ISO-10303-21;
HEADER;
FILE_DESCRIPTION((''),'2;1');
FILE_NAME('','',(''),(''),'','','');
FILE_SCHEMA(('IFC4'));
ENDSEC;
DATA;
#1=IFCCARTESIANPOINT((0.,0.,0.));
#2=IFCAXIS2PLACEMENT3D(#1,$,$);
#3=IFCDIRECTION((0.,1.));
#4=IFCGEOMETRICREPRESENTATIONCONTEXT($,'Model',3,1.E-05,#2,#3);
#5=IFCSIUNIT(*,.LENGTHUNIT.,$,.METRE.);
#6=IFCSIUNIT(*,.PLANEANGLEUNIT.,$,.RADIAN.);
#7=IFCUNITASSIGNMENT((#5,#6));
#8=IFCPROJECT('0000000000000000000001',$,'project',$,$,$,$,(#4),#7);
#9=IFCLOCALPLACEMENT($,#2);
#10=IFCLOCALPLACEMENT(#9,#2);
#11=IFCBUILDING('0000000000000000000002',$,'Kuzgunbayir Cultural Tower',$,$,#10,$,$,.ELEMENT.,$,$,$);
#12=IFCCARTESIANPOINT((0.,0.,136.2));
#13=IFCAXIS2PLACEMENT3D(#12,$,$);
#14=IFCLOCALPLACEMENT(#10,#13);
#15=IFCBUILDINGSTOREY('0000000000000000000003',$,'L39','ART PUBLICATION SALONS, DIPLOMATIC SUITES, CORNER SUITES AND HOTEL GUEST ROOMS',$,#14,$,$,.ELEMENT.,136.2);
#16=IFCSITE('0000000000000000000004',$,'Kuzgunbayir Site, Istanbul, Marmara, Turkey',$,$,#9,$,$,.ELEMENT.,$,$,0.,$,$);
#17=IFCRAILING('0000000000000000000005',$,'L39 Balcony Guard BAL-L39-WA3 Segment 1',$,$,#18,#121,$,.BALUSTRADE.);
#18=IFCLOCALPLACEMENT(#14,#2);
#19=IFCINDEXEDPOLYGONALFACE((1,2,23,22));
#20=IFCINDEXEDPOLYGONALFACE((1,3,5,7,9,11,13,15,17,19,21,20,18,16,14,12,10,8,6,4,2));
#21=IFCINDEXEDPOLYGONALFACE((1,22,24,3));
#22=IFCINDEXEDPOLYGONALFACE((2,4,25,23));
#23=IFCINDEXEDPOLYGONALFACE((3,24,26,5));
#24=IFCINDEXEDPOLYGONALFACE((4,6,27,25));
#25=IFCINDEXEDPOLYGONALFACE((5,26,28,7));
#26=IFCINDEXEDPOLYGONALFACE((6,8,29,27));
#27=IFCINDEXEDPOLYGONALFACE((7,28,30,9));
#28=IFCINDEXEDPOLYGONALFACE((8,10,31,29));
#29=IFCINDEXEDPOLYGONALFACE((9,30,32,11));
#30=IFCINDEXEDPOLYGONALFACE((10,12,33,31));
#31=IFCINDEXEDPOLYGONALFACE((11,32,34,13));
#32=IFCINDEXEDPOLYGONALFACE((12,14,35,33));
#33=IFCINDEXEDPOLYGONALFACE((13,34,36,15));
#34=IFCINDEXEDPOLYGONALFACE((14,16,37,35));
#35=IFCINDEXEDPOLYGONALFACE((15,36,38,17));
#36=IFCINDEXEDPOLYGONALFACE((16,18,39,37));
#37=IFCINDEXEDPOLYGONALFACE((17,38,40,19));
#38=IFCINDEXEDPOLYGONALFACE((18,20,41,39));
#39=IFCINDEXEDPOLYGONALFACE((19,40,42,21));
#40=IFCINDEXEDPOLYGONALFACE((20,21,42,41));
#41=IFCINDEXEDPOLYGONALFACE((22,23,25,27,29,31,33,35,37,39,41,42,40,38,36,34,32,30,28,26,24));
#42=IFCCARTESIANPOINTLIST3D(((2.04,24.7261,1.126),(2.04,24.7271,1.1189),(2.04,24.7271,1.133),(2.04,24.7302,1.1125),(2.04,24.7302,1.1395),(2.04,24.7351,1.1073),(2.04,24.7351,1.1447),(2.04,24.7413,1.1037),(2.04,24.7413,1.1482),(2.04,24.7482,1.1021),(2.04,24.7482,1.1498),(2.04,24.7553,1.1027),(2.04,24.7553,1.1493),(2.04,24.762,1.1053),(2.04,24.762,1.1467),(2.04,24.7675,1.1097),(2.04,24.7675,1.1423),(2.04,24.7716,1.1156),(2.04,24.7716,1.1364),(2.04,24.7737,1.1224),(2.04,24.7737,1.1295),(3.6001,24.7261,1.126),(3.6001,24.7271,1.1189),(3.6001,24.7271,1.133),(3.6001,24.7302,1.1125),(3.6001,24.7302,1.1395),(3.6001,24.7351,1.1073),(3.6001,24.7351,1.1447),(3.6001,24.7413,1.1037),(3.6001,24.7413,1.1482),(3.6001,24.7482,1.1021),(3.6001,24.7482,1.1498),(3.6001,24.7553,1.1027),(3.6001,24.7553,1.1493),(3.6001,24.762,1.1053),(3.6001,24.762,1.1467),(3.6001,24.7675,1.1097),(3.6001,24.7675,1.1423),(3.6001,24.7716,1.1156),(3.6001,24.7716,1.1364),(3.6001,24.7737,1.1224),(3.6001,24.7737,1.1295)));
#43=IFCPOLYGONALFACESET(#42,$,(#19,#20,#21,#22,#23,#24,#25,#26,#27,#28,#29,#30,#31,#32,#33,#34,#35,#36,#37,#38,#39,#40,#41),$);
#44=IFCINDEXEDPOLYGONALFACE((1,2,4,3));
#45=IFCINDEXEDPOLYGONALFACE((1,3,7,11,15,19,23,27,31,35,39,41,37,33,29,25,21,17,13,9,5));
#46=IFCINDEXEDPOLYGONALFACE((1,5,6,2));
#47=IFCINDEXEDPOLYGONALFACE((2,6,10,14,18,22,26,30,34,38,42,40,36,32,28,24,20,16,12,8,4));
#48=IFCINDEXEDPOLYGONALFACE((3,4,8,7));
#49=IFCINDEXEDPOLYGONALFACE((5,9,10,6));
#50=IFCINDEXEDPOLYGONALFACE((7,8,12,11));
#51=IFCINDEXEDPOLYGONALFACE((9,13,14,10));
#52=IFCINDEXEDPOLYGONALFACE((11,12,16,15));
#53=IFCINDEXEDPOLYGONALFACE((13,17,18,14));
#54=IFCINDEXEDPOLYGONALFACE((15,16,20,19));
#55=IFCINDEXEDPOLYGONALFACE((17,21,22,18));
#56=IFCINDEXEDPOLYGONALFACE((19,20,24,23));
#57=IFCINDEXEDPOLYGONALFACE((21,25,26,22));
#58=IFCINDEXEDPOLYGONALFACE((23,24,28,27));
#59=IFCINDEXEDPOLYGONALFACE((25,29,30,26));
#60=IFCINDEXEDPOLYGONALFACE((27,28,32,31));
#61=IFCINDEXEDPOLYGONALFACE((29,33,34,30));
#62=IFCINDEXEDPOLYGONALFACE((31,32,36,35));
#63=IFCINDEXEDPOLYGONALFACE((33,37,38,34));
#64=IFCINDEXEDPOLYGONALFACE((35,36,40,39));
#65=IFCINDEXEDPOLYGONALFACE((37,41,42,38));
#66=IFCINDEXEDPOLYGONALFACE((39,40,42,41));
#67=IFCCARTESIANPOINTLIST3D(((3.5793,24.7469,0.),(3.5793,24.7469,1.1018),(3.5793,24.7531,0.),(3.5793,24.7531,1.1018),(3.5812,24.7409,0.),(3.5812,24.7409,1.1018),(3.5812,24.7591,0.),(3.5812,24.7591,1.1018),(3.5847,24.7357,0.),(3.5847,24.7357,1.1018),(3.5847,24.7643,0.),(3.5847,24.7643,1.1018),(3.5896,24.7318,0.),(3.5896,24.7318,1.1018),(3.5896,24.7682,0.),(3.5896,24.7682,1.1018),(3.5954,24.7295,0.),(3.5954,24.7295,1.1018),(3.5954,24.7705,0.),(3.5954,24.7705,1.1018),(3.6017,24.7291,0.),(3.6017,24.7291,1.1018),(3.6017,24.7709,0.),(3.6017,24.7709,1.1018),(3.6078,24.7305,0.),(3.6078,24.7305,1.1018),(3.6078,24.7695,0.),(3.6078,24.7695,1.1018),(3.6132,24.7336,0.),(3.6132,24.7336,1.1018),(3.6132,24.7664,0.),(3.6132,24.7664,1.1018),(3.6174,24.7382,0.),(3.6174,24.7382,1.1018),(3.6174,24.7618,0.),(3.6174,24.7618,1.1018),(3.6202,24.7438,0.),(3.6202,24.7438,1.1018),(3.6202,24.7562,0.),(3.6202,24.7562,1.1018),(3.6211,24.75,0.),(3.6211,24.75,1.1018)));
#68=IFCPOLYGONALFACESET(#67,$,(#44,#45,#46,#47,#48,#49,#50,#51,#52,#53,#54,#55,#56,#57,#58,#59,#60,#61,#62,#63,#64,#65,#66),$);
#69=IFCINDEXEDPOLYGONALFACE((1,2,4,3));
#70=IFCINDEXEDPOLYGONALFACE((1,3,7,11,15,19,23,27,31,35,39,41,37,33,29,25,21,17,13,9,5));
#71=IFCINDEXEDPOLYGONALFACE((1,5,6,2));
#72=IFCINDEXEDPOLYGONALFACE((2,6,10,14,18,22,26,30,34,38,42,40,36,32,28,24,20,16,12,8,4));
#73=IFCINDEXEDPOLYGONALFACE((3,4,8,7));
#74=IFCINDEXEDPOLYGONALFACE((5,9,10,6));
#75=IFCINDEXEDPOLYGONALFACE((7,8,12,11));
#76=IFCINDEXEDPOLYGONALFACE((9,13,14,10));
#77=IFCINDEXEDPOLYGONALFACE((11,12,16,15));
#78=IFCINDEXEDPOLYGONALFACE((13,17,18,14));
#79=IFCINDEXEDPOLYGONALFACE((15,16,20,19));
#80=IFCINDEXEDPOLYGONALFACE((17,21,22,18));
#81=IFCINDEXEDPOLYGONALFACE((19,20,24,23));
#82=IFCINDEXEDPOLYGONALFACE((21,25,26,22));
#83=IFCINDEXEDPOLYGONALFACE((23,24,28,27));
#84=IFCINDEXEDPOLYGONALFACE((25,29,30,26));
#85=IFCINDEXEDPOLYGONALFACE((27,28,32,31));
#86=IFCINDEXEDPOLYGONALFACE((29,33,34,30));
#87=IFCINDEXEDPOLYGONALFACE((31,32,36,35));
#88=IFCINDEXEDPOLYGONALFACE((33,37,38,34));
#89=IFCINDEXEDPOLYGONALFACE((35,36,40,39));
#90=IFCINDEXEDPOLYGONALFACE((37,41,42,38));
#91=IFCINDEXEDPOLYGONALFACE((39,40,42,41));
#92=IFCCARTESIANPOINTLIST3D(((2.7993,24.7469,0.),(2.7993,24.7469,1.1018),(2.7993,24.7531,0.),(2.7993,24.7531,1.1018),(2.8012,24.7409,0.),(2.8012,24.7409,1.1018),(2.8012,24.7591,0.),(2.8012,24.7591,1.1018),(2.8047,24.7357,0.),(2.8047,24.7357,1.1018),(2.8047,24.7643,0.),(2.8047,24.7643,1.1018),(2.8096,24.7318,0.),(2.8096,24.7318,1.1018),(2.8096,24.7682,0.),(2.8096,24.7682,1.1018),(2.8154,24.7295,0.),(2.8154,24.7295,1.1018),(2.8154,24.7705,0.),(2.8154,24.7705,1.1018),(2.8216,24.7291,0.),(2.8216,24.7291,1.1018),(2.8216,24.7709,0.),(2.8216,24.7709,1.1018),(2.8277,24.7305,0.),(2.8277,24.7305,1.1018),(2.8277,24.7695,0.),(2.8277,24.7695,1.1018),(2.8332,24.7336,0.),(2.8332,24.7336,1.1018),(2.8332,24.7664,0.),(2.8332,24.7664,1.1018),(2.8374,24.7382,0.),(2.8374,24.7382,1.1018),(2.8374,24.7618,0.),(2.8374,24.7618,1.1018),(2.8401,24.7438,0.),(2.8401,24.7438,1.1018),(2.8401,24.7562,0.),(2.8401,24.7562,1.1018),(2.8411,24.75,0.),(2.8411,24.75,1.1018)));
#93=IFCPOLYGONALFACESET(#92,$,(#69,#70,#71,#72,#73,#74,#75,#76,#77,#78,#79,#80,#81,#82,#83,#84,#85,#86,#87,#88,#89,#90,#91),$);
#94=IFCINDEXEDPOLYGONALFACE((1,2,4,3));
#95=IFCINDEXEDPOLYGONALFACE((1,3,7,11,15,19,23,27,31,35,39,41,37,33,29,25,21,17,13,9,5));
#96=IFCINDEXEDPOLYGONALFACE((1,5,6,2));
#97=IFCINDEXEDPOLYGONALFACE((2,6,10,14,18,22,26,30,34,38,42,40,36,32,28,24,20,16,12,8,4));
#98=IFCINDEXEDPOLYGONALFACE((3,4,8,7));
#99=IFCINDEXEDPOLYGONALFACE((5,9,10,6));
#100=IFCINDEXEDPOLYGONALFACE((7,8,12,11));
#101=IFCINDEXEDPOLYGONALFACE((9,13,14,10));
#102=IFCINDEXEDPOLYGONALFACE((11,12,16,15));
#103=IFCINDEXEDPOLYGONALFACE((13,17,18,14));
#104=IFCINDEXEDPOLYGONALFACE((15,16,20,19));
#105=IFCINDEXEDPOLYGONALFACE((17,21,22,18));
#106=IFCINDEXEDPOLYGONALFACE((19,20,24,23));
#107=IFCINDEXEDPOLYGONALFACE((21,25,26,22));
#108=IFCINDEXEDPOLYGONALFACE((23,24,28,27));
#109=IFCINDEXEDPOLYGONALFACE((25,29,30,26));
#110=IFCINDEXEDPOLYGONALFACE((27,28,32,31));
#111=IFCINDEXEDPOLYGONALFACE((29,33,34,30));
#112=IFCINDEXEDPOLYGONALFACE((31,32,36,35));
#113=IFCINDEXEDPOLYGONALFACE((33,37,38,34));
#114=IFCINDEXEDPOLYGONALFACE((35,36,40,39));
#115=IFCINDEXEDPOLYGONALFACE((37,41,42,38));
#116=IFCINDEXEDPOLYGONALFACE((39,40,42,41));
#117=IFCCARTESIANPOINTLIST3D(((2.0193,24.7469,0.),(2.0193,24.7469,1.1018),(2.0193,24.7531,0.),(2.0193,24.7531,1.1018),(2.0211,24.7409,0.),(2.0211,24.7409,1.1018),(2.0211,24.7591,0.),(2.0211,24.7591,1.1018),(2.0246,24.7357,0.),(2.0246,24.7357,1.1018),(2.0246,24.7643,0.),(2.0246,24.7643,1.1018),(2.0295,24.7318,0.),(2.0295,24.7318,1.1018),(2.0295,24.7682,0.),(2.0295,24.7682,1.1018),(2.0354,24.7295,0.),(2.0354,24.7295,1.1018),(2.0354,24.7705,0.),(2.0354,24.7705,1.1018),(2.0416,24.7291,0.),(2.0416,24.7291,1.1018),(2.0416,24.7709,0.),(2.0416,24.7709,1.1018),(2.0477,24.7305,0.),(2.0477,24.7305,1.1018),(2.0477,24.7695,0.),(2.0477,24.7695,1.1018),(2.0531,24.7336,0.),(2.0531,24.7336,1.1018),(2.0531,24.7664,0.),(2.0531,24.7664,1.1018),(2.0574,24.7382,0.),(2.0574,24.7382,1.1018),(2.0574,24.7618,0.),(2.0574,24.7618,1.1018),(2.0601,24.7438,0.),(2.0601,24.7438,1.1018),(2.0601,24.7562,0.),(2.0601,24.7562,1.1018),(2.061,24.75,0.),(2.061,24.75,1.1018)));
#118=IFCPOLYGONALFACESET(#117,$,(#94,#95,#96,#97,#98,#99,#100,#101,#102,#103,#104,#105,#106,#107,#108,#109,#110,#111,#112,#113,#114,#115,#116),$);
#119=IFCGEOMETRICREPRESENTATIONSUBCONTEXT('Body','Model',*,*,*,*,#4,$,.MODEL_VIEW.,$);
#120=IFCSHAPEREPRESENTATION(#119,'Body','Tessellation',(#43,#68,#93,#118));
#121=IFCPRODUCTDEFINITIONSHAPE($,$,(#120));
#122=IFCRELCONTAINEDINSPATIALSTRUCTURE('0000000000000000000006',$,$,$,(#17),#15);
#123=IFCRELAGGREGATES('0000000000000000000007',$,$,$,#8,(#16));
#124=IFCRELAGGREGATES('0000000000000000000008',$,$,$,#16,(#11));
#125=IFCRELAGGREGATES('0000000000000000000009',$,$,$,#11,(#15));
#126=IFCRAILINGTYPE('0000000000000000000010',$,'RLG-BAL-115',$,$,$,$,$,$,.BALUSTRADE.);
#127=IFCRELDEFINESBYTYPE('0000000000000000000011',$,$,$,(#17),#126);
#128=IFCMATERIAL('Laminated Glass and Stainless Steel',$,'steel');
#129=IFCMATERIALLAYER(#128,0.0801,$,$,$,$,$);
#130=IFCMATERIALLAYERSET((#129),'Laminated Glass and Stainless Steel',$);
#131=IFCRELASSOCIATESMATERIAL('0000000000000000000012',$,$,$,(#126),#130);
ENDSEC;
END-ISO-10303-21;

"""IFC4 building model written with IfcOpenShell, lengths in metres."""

from ifc_helpers import new_model, si_unit, direction, frame, origin, origin_2d, place, context, subcontext, project, spatial, circle, extrude, material, layer, layer_set, type_object, element, save


model = new_model("IFC4")

# Units and contexts
model_context = context("Model", 3, precision=1e-05, world=origin(), true_north=direction((0.0, 1.0)))
body_context = subcontext(model_context, "Body", "Model", "MODEL_VIEW")
ifc_project = project(units=[si_unit("LENGTHUNIT", "METRE"), si_unit("PLANEANGLEUNIT", "RADIAN")], contexts=[model_context])

# Site, building, storey
site_placement = place(None, origin())
site = spatial("IfcSite", under=ifc_project, at=site_placement, Name="Kuzgunbayir Site, Istanbul, Marmara, Turkey", CompositionType="ELEMENT", RefElevation=0.0)
building_placement = place(site_placement, origin())
building = spatial("IfcBuilding", under=site, at=building_placement, Name="Kuzgunbayir Cultural Tower", CompositionType="ELEMENT")
storey_placement = place(building_placement, frame((0.0, 0.0, 136.2)))
storey = spatial("IfcBuildingStorey", under=building, at=storey_placement, Name="L39", Description="ART PUBLICATION SALONS, DIPLOMATIC SUITES, CORNER SUITES AND HOTEL GUEST ROOMS", CompositionType="ELEMENT", Elevation=136.2)

# Railing
ifc_material_1 = material(Name="Laminated Glass and Stainless Steel", Category="steel")
ifc_layer_1 = layer(ifc_material_1, 0.0801)
ifc_layer_set_1 = layer_set([ifc_layer_1], Name="Laminated Glass and Stainless Steel")
railing_type = type_object("IfcRailingType", Name="RLG-BAL-115", PredefinedType="BALUSTRADE", material=ifc_layer_set_1)
railing_1_placement = place(storey_placement, frame((3.6001, 24.75, 0.0)))
element("IfcRailing", 1, at=railing_1_placement, inside=storey, type_object=railing_type, Name="L39 Balcony Guard BAL-L39-WA3 Segment 1", PredefinedType="BALUSTRADE", context=body_context, shape_type="SweptSolid", body=[
    extrude(circle(Radius=0.0239, at=origin_2d()), frame((0.0, 0.0, 1.126), z_axis=(-1.0, 0.0, 0.0), x_axis=(0.0, -1.0, 0.0)), (0.0, 0.0, 1.0), 1.5601),
    extrude(circle(Radius=0.021, at=origin_2d()), origin(), (0.0, 0.0, 1.0), 1.1018),
    extrude(circle(Radius=0.021, at=origin_2d()), frame((-0.78, 0.0, 0.0)), (0.0, 0.0, 1.0), 1.1018),
    extrude(circle(Radius=0.021, at=origin_2d()), frame((-1.5601, 0.0, 0.0)), (0.0, 0.0, 1.0), 1.1018),
])

save(model, "model.ifc")
